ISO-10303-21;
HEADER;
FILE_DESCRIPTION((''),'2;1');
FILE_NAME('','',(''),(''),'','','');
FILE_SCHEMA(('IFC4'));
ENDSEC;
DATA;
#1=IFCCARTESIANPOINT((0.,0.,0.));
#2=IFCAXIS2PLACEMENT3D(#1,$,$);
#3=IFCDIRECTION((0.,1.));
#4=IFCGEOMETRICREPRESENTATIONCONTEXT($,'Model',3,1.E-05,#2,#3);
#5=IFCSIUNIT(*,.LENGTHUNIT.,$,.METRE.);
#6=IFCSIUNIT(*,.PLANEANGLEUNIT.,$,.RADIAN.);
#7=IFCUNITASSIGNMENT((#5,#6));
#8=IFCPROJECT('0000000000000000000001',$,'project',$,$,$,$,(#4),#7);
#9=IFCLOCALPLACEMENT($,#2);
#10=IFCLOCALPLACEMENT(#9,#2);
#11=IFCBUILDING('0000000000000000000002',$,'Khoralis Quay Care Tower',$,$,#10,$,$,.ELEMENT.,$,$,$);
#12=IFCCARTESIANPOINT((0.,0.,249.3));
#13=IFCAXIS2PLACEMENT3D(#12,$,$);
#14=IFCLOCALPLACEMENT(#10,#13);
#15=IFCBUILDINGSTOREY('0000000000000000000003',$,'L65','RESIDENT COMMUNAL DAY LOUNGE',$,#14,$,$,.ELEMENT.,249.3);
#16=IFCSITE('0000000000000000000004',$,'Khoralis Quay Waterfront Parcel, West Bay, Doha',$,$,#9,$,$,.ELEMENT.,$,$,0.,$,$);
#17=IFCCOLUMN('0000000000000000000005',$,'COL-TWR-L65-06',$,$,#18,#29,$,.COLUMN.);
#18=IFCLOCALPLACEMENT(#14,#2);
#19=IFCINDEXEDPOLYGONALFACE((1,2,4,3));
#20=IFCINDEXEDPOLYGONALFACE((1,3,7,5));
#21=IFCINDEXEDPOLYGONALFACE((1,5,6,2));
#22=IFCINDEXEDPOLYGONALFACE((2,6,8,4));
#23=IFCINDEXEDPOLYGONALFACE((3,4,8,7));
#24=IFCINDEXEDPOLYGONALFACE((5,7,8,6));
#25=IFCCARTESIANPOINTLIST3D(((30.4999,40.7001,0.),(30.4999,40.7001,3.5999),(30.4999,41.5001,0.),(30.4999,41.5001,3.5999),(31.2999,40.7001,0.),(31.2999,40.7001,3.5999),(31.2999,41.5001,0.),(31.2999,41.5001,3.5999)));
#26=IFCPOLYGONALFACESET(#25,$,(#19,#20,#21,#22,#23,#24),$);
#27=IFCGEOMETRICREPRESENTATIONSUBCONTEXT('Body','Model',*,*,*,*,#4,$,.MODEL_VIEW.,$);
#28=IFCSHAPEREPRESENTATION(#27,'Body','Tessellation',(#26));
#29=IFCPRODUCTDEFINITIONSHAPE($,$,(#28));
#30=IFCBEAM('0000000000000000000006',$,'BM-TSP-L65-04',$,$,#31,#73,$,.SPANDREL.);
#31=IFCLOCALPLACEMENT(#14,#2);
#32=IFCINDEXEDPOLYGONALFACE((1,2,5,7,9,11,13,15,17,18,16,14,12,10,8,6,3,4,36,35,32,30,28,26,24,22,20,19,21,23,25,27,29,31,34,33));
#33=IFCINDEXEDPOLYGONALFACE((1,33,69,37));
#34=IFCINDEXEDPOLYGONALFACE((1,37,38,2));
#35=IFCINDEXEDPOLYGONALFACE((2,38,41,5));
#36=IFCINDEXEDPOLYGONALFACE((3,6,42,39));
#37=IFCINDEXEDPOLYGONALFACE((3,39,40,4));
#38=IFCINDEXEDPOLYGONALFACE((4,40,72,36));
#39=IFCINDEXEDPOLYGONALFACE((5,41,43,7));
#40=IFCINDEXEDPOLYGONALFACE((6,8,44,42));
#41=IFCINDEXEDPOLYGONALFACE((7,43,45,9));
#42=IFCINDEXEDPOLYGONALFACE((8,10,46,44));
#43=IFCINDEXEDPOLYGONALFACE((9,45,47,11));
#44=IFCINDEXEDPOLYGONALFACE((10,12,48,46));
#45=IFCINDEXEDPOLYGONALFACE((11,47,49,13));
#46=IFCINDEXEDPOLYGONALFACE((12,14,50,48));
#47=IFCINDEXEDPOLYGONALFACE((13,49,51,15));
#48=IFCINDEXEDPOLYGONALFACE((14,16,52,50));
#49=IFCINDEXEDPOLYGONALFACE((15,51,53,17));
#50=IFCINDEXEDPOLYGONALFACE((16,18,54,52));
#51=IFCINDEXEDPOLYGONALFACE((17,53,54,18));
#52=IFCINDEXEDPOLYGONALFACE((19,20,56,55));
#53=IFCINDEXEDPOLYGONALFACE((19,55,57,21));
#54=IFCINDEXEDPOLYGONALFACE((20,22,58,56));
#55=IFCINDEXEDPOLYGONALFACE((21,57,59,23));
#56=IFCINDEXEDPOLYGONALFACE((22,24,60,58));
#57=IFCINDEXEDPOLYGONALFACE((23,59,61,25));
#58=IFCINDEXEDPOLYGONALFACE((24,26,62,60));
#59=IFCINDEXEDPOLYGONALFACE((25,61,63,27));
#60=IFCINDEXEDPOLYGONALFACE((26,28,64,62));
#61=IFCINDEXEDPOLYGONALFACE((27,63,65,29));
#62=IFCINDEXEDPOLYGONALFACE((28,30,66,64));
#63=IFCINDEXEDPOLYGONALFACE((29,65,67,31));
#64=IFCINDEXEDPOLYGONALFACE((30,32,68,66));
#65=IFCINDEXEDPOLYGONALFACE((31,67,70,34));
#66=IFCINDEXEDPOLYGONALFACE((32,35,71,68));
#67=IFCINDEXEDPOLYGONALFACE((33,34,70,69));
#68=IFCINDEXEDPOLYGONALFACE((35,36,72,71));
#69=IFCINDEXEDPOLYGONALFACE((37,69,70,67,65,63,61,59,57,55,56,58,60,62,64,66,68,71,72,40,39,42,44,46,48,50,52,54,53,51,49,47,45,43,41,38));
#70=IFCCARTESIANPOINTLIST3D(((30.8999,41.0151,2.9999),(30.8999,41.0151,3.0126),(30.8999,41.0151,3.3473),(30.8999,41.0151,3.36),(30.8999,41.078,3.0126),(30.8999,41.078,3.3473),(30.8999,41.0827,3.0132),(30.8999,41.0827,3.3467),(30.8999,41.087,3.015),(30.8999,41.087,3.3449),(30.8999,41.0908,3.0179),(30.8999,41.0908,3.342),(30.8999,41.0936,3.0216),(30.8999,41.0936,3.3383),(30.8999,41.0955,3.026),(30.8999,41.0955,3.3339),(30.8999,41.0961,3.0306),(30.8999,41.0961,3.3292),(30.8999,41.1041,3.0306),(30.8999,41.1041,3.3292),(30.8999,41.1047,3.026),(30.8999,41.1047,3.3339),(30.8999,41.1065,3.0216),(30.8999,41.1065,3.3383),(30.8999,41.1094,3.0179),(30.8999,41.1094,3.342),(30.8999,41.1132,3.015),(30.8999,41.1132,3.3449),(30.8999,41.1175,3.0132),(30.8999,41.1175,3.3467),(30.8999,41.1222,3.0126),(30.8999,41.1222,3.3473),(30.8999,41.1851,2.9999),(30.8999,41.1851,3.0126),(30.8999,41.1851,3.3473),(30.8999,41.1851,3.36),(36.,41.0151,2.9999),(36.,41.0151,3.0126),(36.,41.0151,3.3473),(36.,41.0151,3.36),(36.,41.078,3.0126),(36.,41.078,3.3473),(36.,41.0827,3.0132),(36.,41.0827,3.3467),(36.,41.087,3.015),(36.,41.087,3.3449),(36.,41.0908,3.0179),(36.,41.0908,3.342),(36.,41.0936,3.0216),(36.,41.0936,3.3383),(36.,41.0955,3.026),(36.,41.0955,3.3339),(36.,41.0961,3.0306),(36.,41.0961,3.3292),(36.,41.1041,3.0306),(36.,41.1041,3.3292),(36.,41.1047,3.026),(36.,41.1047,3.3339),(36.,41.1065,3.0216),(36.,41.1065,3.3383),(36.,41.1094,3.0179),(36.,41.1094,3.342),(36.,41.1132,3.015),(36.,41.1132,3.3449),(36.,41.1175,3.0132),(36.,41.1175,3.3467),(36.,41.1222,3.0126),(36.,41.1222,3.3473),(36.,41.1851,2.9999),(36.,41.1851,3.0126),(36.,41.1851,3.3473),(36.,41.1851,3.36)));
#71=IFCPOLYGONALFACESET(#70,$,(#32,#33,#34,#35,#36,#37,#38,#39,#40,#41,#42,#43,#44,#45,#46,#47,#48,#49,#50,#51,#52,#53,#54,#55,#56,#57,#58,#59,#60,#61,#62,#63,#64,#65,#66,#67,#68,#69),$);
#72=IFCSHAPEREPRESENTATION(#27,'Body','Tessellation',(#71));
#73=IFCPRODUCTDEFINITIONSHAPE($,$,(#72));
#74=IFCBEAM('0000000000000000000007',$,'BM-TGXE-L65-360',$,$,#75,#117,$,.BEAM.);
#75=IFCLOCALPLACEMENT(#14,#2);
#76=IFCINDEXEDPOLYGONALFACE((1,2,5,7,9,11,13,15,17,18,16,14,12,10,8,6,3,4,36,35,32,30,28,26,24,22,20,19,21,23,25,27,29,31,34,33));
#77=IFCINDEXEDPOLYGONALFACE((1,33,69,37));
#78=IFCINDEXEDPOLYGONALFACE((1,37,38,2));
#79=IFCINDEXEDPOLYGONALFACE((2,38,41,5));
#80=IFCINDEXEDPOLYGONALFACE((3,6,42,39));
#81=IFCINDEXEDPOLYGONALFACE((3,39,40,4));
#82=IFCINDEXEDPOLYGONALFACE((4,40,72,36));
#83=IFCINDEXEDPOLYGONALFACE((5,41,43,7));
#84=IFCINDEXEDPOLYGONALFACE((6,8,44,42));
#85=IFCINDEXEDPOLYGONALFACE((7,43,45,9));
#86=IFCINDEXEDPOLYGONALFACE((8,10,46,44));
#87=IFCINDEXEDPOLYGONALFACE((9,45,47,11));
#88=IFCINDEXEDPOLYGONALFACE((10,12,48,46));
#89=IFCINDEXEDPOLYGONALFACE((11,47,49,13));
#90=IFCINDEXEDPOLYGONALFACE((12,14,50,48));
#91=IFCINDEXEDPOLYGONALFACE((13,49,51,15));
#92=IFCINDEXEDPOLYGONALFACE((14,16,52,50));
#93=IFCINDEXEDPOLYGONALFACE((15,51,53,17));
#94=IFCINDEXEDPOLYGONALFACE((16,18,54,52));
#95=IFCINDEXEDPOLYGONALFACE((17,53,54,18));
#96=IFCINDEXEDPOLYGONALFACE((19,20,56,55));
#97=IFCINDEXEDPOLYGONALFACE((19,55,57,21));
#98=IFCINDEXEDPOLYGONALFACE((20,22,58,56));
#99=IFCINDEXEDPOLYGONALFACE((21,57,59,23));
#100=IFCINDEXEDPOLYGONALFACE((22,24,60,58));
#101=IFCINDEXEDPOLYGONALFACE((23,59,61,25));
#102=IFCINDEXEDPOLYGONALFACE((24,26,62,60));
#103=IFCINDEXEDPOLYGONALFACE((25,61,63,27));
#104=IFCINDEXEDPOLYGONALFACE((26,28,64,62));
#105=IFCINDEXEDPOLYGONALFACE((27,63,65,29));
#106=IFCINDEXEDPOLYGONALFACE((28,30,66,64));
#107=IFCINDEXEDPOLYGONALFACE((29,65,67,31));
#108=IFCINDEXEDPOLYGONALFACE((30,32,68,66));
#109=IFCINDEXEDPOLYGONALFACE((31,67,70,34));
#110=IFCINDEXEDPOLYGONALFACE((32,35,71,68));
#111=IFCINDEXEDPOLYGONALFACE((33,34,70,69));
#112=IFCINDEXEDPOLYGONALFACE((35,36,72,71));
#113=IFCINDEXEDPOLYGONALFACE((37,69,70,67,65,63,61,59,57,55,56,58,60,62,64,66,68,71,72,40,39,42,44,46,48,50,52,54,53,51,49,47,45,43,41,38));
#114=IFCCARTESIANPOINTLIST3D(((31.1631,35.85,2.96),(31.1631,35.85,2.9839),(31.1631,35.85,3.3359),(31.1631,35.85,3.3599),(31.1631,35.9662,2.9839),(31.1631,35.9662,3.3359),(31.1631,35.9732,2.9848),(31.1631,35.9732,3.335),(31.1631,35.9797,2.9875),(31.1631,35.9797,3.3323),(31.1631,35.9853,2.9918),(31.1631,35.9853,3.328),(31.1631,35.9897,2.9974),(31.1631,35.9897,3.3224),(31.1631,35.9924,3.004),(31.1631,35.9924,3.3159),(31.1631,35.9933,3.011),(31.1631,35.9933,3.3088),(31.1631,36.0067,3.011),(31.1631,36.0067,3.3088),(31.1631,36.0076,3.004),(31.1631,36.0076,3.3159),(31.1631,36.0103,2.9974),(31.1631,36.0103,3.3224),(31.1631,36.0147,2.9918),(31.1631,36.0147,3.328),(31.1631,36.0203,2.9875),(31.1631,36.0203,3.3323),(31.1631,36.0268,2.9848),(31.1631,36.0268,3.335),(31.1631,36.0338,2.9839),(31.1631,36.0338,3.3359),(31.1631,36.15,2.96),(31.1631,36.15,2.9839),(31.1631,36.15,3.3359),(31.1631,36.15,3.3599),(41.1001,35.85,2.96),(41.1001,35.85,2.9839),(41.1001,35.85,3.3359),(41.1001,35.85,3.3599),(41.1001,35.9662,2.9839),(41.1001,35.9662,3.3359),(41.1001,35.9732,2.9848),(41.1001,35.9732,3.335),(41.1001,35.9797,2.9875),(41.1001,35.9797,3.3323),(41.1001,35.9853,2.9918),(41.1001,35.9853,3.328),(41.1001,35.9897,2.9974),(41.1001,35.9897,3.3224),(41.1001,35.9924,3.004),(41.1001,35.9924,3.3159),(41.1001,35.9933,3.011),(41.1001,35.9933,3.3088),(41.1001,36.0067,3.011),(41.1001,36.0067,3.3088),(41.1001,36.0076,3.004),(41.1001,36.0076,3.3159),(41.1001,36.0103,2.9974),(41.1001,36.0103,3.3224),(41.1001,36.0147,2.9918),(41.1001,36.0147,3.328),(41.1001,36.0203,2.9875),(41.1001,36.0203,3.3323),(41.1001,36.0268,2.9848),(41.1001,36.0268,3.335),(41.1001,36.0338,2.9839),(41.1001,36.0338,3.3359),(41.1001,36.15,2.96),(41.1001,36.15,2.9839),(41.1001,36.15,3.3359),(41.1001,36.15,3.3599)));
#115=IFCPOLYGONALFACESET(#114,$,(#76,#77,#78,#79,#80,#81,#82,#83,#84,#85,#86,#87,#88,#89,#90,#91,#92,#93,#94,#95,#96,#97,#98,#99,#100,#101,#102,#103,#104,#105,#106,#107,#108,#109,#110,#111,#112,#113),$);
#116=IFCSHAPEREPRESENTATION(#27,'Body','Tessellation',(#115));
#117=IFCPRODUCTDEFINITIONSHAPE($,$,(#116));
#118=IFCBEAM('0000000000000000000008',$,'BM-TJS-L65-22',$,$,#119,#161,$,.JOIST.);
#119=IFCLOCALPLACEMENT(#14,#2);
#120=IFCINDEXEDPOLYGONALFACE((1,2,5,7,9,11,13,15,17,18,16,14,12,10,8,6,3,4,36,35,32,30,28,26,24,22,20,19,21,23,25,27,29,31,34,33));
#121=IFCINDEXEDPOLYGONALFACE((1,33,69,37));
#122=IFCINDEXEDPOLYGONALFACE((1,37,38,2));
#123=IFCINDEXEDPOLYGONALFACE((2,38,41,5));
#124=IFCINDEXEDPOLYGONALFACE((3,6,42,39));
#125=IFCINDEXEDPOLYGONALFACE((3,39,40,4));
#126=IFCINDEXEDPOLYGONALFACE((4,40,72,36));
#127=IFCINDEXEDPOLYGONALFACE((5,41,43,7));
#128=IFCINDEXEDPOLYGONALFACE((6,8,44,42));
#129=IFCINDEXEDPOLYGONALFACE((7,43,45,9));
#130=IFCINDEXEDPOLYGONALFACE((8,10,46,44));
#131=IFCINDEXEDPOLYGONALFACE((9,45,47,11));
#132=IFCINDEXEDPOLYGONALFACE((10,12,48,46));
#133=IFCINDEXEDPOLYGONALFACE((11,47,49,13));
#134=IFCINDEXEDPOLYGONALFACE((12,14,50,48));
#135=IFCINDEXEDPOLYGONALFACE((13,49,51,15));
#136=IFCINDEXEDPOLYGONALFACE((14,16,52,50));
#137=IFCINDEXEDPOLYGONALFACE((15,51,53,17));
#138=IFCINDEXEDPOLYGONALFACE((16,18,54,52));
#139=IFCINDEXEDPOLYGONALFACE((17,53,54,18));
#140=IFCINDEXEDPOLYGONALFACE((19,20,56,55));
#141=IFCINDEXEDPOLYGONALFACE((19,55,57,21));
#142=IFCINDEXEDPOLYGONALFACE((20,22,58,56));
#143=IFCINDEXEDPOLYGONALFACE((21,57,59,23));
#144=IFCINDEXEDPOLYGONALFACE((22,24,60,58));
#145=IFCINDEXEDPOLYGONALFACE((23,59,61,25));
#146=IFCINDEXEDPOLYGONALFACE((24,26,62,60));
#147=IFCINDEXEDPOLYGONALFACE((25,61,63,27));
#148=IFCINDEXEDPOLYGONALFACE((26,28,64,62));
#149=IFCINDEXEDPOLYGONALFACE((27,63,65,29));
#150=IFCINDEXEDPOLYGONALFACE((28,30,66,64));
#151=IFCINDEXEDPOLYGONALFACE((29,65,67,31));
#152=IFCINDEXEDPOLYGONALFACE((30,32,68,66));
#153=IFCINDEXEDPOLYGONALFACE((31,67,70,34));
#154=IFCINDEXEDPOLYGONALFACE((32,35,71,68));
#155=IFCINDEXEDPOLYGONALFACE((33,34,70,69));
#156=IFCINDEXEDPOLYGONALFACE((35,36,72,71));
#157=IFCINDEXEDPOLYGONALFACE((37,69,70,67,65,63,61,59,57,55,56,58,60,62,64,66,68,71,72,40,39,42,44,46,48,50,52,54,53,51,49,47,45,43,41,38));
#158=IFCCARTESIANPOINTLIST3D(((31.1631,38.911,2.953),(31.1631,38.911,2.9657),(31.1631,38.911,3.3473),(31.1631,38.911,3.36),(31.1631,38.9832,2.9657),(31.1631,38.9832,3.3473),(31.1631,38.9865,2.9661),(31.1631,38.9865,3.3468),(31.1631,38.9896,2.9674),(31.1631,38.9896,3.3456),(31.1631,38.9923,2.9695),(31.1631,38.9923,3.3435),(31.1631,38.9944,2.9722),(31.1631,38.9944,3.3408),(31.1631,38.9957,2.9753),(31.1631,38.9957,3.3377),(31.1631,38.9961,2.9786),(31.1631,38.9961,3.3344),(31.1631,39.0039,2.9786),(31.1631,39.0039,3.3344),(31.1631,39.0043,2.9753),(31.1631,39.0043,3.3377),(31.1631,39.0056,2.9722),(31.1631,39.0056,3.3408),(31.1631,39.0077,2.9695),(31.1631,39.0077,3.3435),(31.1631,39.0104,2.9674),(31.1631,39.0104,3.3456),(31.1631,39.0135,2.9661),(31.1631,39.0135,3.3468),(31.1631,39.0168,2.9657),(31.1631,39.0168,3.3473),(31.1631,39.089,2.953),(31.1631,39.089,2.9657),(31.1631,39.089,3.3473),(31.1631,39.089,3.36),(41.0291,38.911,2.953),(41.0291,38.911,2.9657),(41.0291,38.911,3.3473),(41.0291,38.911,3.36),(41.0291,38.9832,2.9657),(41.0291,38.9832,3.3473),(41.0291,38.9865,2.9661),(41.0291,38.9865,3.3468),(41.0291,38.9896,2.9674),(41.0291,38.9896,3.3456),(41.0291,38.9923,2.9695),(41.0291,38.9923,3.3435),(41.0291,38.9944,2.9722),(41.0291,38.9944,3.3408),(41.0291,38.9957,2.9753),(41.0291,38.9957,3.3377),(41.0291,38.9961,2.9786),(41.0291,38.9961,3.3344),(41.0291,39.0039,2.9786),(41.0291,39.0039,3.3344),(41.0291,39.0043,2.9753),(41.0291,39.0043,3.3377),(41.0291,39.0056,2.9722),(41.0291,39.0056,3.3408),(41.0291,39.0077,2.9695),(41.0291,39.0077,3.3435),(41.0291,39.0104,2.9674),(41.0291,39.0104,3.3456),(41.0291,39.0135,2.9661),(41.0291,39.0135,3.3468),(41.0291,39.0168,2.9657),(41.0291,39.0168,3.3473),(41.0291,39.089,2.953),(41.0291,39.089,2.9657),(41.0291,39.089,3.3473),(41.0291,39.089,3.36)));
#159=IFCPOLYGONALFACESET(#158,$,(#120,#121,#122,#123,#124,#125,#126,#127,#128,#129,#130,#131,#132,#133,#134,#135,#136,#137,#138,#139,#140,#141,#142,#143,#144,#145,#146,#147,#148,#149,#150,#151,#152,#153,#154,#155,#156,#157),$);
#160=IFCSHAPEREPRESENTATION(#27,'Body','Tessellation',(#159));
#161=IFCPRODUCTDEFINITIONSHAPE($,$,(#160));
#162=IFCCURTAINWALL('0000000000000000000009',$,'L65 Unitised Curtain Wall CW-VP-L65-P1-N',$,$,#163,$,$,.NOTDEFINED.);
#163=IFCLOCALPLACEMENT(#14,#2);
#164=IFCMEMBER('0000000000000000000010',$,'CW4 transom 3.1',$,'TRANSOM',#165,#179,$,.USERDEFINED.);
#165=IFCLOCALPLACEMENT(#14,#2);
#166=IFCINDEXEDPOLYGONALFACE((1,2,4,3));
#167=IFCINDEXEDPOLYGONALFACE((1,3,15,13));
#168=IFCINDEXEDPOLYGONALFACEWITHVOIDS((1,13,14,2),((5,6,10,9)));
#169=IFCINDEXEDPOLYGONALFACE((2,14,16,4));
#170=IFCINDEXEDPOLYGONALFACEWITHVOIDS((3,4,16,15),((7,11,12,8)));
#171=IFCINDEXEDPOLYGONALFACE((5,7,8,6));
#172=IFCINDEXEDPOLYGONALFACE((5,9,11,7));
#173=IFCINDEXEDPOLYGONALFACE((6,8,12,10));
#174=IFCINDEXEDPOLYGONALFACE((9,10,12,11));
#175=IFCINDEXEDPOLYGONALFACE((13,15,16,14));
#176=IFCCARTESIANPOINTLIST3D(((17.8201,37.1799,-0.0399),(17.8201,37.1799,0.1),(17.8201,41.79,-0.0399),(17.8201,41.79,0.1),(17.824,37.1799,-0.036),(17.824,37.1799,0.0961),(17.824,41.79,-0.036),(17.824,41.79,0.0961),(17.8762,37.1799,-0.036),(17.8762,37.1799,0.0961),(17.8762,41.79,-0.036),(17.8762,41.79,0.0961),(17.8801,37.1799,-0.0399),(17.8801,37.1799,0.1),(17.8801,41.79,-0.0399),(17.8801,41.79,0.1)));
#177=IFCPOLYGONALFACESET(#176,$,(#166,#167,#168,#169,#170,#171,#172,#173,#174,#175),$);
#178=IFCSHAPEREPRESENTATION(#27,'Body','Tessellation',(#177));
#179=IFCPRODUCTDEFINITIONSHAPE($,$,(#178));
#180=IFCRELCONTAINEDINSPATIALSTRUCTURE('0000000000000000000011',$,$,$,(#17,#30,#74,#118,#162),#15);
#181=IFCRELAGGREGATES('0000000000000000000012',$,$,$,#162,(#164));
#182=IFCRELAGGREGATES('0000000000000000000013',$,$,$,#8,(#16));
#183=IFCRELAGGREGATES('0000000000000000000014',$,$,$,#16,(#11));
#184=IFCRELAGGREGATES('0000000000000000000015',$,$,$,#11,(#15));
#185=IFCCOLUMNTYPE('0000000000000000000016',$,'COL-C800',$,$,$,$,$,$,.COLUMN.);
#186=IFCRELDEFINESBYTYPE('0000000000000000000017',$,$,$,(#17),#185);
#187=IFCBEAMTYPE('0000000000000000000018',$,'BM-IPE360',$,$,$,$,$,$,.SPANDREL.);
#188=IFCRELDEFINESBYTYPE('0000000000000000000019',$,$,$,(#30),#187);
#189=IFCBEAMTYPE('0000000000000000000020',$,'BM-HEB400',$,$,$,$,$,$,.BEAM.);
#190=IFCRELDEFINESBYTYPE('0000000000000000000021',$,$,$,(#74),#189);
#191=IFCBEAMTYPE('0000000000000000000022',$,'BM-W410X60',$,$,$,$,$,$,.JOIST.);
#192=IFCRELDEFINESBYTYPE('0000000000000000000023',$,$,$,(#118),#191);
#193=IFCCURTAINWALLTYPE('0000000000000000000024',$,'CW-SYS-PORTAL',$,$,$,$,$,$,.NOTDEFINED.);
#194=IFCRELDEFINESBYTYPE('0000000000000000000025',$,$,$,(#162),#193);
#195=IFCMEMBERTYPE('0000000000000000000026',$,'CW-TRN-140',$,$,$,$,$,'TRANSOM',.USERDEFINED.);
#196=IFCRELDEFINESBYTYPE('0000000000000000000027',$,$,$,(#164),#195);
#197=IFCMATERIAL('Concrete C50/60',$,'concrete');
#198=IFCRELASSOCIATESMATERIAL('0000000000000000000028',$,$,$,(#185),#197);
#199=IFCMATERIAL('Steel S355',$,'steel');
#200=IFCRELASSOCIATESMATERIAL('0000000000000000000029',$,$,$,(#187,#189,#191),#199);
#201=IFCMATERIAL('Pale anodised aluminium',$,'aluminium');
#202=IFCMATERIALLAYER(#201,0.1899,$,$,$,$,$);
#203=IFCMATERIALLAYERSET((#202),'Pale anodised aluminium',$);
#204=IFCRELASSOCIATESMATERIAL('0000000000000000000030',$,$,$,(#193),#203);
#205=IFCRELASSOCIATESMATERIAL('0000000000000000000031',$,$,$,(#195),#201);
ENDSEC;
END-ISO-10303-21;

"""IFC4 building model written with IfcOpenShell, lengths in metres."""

from ifc_helpers import new_model, si_unit, direction, frame, origin, origin_2d, place, context, subcontext, project, spatial, rectangle, hollow_rectangle, i_section, extrude, source, transform, mapped, material, layer, layer_set, material_profile, profile_set, type_object, element, aggregate, save


model = new_model("IFC4")

# Units and contexts
model_context = context("Model", 3, precision=1e-05, world=origin(), true_north=direction((0.0, 1.0)))
body_context = subcontext(model_context, "Body", "Model", "MODEL_VIEW")
ifc_project = project(units=[si_unit("LENGTHUNIT", "METRE"), si_unit("PLANEANGLEUNIT", "RADIAN")], contexts=[model_context])

# Site, building, storey
site_placement = place(None, origin())
site = spatial("IfcSite", under=ifc_project, at=site_placement, Name="Khoralis Quay Waterfront Parcel, West Bay, Doha", CompositionType="ELEMENT", RefElevation=0.0)
building_placement = place(site_placement, origin())
building = spatial("IfcBuilding", under=site, at=building_placement, Name="Khoralis Quay Care Tower", CompositionType="ELEMENT")
storey_placement = place(building_placement, frame((0.0, 0.0, 249.3)))
storey = spatial("IfcBuildingStorey", under=building, at=storey_placement, Name="L65", Description="RESIDENT COMMUNAL DAY LOUNGE", CompositionType="ELEMENT", Elevation=249.3)

# Column
ifc_material_1 = material(Name="Concrete C50/60", Category="concrete")
ifc_material_profile_1 = material_profile(ifc_material_1, rectangle(XDim=0.8, YDim=0.8, at=origin_2d()), Name="Concrete C50/60")
ifc_profile_set_1 = profile_set([ifc_material_profile_1], Name="Concrete C50/60")
column_type = type_object("IfcColumnType", Name="COL-C800", PredefinedType="COLUMN", material=ifc_profile_set_1)
shared_shape_1 = source(origin(), body_context, "Body", "SweptSolid", [
    extrude(rectangle(XDim=0.8, YDim=0.8, at=origin_2d()), origin(), (0.0, 0.0, 1.0), 3.5999),
])
column_placement = place(storey_placement, frame((30.8999, 41.1001, 0.0), z_axis=(0.0, 0.0, 1.0), x_axis=(1.0, 0.0, 0.0)))
element("IfcColumn", 1, at=column_placement, inside=storey, type_object=column_type, Name="COL-TWR-L65-06", PredefinedType="COLUMN", context=body_context, shape_type="MappedRepresentation", body=[
    mapped(shared_shape_1, transform((0.0, 0.0, 0.0), scale=1.0)),
])

# Beams
ifc_material_2 = material(Name="Steel S355", Category="steel")
ifc_material_profile_2 = material_profile(ifc_material_2, i_section(OverallWidth=0.1699, OverallDepth=0.3601, WebThickness=0.0081, FlangeThickness=0.0127, FilletRadius=0.0181, at=origin_2d()), Name="Steel S355")
ifc_profile_set_2 = profile_set([ifc_material_profile_2], Name="Steel S355")
beam_type_1 = type_object("IfcBeamType", Name="BM-IPE360", PredefinedType="SPANDREL", material=ifc_profile_set_2)
shared_shape_2 = source(origin(), body_context, "Body", "SweptSolid", [
    extrude(i_section(OverallWidth=0.1699, OverallDepth=0.3601, WebThickness=0.0081, FlangeThickness=0.0127, FilletRadius=0.0181, at=origin_2d()), origin(), (0.0, 0.0, 1.0), 5.1001),
])
beam_1_placement = place(storey_placement, frame((30.8999, 41.1001, 3.1799), z_axis=(1.0, 0.0, 0.0), x_axis=(0.0, 1.0, 0.0)))
element("IfcBeam", 2, at=beam_1_placement, inside=storey, type_object=beam_type_1, Name="BM-TSP-L65-04", PredefinedType="SPANDREL", context=body_context, shape_type="MappedRepresentation", body=[
    mapped(shared_shape_2, transform((0.0, 0.0, 0.0), scale=1.0)),
])
ifc_material_profile_3 = material_profile(ifc_material_2, i_section(OverallWidth=0.3, OverallDepth=0.3999, WebThickness=0.0134, FlangeThickness=0.0239, FilletRadius=0.0271, at=origin_2d()), Name="Steel S355")
ifc_profile_set_3 = profile_set([ifc_material_profile_3], Name="Steel S355")
beam_type_2 = type_object("IfcBeamType", Name="BM-HEB400", PredefinedType="BEAM", material=ifc_profile_set_3)
shared_shape_3 = source(origin(), body_context, "Body", "SweptSolid", [
    extrude(i_section(OverallWidth=0.3, OverallDepth=0.3999, WebThickness=0.0134, FlangeThickness=0.0239, FilletRadius=0.0271, at=origin_2d()), origin(), (0.0, 0.0, 1.0), 9.937),
])
beam_2_placement = place(storey_placement, frame((31.1631, 36.0, 3.1599), z_axis=(1.0, 0.0, 0.0), x_axis=(0.0, 1.0, 0.0)))
element("IfcBeam", 3, at=beam_2_placement, inside=storey, type_object=beam_type_2, Name="BM-TGXE-L65-360", PredefinedType="BEAM", context=body_context, shape_type="MappedRepresentation", body=[
    mapped(shared_shape_3, transform((0.0, 0.0, 0.0), scale=1.0)),
])
ifc_material_profile_4 = material_profile(ifc_material_2, i_section(OverallWidth=0.178, OverallDepth=0.407, WebThickness=0.0078, FlangeThickness=0.0127, FilletRadius=0.0129, at=origin_2d()), Name="Steel S355")
ifc_profile_set_4 = profile_set([ifc_material_profile_4], Name="Steel S355")
beam_type_3 = type_object("IfcBeamType", Name="BM-W410X60", PredefinedType="JOIST", material=ifc_profile_set_4)
shared_shape_4 = source(origin(), body_context, "Body", "SweptSolid", [
    extrude(i_section(OverallWidth=0.178, OverallDepth=0.407, WebThickness=0.0078, FlangeThickness=0.0127, FilletRadius=0.0129, at=origin_2d()), origin(), (0.0, 0.0, 1.0), 9.866),
])
beam_3_placement = place(storey_placement, frame((31.1631, 39.0, 3.1565), z_axis=(1.0, 0.0, 0.0), x_axis=(0.0, 1.0, 0.0)))
element("IfcBeam", 4, at=beam_3_placement, inside=storey, type_object=beam_type_3, Name="BM-TJS-L65-22", PredefinedType="JOIST", context=body_context, shape_type="MappedRepresentation", body=[
    mapped(shared_shape_4, transform((0.0, 0.0, 0.0), scale=1.0)),
])

# Curtain wall, member
ifc_material_3 = material(Name="Pale anodised aluminium", Category="aluminium")
ifc_layer_1 = layer(ifc_material_3, 0.1899)
ifc_layer_set_1 = layer_set([ifc_layer_1], Name="Pale anodised aluminium")
curtain_wall_type = type_object("IfcCurtainWallType", Name="CW-SYS-PORTAL", PredefinedType="NOTDEFINED", material=ifc_layer_set_1)
curtain_wall_1_placement = place(storey_placement, origin())
curtain_wall_1 = element("IfcCurtainWall", 5, at=curtain_wall_1_placement, inside=storey, type_object=curtain_wall_type, Name="L65 Unitised Curtain Wall CW-VP-L65-P1-N", PredefinedType="NOTDEFINED")
ifc_material_profile_5 = material_profile(ifc_material_3, hollow_rectangle(XDim=0.0601, YDim=0.1399, WallThickness=0.0039, at=origin_2d()), Name="Pale anodised aluminium")
ifc_profile_set_5 = profile_set([ifc_material_profile_5], Name="Pale anodised aluminium")
member_type_1 = type_object("IfcMemberType", Name="CW-TRN-140", ElementType="TRANSOM", PredefinedType="USERDEFINED", material=ifc_profile_set_5)
shared_shape_5 = source(origin(), body_context, "Body", "SweptSolid", [
    extrude(hollow_rectangle(XDim=0.0601, YDim=0.1399, WallThickness=0.0039, at=origin_2d()), origin(), (0.0, 0.0, 1.0), 4.6101),
])
member_1_placement = place(storey_placement, frame((17.8501, 37.1799, 0.03), z_axis=(0.0, 1.0, 0.0), x_axis=(-1.0, 0.0, 0.0)))
member_1 = element("IfcMember", 6, at=member_1_placement, type_object=member_type_1, Name="CW4 transom 3.1", ObjectType="TRANSOM", PredefinedType="USERDEFINED", context=body_context, shape_type="MappedRepresentation", body=[
    mapped(shared_shape_5, transform((0.0, 0.0, 0.0), scale=1.0)),
])

aggregate(curtain_wall_1, [member_1])

save(model, "model.ifc")
